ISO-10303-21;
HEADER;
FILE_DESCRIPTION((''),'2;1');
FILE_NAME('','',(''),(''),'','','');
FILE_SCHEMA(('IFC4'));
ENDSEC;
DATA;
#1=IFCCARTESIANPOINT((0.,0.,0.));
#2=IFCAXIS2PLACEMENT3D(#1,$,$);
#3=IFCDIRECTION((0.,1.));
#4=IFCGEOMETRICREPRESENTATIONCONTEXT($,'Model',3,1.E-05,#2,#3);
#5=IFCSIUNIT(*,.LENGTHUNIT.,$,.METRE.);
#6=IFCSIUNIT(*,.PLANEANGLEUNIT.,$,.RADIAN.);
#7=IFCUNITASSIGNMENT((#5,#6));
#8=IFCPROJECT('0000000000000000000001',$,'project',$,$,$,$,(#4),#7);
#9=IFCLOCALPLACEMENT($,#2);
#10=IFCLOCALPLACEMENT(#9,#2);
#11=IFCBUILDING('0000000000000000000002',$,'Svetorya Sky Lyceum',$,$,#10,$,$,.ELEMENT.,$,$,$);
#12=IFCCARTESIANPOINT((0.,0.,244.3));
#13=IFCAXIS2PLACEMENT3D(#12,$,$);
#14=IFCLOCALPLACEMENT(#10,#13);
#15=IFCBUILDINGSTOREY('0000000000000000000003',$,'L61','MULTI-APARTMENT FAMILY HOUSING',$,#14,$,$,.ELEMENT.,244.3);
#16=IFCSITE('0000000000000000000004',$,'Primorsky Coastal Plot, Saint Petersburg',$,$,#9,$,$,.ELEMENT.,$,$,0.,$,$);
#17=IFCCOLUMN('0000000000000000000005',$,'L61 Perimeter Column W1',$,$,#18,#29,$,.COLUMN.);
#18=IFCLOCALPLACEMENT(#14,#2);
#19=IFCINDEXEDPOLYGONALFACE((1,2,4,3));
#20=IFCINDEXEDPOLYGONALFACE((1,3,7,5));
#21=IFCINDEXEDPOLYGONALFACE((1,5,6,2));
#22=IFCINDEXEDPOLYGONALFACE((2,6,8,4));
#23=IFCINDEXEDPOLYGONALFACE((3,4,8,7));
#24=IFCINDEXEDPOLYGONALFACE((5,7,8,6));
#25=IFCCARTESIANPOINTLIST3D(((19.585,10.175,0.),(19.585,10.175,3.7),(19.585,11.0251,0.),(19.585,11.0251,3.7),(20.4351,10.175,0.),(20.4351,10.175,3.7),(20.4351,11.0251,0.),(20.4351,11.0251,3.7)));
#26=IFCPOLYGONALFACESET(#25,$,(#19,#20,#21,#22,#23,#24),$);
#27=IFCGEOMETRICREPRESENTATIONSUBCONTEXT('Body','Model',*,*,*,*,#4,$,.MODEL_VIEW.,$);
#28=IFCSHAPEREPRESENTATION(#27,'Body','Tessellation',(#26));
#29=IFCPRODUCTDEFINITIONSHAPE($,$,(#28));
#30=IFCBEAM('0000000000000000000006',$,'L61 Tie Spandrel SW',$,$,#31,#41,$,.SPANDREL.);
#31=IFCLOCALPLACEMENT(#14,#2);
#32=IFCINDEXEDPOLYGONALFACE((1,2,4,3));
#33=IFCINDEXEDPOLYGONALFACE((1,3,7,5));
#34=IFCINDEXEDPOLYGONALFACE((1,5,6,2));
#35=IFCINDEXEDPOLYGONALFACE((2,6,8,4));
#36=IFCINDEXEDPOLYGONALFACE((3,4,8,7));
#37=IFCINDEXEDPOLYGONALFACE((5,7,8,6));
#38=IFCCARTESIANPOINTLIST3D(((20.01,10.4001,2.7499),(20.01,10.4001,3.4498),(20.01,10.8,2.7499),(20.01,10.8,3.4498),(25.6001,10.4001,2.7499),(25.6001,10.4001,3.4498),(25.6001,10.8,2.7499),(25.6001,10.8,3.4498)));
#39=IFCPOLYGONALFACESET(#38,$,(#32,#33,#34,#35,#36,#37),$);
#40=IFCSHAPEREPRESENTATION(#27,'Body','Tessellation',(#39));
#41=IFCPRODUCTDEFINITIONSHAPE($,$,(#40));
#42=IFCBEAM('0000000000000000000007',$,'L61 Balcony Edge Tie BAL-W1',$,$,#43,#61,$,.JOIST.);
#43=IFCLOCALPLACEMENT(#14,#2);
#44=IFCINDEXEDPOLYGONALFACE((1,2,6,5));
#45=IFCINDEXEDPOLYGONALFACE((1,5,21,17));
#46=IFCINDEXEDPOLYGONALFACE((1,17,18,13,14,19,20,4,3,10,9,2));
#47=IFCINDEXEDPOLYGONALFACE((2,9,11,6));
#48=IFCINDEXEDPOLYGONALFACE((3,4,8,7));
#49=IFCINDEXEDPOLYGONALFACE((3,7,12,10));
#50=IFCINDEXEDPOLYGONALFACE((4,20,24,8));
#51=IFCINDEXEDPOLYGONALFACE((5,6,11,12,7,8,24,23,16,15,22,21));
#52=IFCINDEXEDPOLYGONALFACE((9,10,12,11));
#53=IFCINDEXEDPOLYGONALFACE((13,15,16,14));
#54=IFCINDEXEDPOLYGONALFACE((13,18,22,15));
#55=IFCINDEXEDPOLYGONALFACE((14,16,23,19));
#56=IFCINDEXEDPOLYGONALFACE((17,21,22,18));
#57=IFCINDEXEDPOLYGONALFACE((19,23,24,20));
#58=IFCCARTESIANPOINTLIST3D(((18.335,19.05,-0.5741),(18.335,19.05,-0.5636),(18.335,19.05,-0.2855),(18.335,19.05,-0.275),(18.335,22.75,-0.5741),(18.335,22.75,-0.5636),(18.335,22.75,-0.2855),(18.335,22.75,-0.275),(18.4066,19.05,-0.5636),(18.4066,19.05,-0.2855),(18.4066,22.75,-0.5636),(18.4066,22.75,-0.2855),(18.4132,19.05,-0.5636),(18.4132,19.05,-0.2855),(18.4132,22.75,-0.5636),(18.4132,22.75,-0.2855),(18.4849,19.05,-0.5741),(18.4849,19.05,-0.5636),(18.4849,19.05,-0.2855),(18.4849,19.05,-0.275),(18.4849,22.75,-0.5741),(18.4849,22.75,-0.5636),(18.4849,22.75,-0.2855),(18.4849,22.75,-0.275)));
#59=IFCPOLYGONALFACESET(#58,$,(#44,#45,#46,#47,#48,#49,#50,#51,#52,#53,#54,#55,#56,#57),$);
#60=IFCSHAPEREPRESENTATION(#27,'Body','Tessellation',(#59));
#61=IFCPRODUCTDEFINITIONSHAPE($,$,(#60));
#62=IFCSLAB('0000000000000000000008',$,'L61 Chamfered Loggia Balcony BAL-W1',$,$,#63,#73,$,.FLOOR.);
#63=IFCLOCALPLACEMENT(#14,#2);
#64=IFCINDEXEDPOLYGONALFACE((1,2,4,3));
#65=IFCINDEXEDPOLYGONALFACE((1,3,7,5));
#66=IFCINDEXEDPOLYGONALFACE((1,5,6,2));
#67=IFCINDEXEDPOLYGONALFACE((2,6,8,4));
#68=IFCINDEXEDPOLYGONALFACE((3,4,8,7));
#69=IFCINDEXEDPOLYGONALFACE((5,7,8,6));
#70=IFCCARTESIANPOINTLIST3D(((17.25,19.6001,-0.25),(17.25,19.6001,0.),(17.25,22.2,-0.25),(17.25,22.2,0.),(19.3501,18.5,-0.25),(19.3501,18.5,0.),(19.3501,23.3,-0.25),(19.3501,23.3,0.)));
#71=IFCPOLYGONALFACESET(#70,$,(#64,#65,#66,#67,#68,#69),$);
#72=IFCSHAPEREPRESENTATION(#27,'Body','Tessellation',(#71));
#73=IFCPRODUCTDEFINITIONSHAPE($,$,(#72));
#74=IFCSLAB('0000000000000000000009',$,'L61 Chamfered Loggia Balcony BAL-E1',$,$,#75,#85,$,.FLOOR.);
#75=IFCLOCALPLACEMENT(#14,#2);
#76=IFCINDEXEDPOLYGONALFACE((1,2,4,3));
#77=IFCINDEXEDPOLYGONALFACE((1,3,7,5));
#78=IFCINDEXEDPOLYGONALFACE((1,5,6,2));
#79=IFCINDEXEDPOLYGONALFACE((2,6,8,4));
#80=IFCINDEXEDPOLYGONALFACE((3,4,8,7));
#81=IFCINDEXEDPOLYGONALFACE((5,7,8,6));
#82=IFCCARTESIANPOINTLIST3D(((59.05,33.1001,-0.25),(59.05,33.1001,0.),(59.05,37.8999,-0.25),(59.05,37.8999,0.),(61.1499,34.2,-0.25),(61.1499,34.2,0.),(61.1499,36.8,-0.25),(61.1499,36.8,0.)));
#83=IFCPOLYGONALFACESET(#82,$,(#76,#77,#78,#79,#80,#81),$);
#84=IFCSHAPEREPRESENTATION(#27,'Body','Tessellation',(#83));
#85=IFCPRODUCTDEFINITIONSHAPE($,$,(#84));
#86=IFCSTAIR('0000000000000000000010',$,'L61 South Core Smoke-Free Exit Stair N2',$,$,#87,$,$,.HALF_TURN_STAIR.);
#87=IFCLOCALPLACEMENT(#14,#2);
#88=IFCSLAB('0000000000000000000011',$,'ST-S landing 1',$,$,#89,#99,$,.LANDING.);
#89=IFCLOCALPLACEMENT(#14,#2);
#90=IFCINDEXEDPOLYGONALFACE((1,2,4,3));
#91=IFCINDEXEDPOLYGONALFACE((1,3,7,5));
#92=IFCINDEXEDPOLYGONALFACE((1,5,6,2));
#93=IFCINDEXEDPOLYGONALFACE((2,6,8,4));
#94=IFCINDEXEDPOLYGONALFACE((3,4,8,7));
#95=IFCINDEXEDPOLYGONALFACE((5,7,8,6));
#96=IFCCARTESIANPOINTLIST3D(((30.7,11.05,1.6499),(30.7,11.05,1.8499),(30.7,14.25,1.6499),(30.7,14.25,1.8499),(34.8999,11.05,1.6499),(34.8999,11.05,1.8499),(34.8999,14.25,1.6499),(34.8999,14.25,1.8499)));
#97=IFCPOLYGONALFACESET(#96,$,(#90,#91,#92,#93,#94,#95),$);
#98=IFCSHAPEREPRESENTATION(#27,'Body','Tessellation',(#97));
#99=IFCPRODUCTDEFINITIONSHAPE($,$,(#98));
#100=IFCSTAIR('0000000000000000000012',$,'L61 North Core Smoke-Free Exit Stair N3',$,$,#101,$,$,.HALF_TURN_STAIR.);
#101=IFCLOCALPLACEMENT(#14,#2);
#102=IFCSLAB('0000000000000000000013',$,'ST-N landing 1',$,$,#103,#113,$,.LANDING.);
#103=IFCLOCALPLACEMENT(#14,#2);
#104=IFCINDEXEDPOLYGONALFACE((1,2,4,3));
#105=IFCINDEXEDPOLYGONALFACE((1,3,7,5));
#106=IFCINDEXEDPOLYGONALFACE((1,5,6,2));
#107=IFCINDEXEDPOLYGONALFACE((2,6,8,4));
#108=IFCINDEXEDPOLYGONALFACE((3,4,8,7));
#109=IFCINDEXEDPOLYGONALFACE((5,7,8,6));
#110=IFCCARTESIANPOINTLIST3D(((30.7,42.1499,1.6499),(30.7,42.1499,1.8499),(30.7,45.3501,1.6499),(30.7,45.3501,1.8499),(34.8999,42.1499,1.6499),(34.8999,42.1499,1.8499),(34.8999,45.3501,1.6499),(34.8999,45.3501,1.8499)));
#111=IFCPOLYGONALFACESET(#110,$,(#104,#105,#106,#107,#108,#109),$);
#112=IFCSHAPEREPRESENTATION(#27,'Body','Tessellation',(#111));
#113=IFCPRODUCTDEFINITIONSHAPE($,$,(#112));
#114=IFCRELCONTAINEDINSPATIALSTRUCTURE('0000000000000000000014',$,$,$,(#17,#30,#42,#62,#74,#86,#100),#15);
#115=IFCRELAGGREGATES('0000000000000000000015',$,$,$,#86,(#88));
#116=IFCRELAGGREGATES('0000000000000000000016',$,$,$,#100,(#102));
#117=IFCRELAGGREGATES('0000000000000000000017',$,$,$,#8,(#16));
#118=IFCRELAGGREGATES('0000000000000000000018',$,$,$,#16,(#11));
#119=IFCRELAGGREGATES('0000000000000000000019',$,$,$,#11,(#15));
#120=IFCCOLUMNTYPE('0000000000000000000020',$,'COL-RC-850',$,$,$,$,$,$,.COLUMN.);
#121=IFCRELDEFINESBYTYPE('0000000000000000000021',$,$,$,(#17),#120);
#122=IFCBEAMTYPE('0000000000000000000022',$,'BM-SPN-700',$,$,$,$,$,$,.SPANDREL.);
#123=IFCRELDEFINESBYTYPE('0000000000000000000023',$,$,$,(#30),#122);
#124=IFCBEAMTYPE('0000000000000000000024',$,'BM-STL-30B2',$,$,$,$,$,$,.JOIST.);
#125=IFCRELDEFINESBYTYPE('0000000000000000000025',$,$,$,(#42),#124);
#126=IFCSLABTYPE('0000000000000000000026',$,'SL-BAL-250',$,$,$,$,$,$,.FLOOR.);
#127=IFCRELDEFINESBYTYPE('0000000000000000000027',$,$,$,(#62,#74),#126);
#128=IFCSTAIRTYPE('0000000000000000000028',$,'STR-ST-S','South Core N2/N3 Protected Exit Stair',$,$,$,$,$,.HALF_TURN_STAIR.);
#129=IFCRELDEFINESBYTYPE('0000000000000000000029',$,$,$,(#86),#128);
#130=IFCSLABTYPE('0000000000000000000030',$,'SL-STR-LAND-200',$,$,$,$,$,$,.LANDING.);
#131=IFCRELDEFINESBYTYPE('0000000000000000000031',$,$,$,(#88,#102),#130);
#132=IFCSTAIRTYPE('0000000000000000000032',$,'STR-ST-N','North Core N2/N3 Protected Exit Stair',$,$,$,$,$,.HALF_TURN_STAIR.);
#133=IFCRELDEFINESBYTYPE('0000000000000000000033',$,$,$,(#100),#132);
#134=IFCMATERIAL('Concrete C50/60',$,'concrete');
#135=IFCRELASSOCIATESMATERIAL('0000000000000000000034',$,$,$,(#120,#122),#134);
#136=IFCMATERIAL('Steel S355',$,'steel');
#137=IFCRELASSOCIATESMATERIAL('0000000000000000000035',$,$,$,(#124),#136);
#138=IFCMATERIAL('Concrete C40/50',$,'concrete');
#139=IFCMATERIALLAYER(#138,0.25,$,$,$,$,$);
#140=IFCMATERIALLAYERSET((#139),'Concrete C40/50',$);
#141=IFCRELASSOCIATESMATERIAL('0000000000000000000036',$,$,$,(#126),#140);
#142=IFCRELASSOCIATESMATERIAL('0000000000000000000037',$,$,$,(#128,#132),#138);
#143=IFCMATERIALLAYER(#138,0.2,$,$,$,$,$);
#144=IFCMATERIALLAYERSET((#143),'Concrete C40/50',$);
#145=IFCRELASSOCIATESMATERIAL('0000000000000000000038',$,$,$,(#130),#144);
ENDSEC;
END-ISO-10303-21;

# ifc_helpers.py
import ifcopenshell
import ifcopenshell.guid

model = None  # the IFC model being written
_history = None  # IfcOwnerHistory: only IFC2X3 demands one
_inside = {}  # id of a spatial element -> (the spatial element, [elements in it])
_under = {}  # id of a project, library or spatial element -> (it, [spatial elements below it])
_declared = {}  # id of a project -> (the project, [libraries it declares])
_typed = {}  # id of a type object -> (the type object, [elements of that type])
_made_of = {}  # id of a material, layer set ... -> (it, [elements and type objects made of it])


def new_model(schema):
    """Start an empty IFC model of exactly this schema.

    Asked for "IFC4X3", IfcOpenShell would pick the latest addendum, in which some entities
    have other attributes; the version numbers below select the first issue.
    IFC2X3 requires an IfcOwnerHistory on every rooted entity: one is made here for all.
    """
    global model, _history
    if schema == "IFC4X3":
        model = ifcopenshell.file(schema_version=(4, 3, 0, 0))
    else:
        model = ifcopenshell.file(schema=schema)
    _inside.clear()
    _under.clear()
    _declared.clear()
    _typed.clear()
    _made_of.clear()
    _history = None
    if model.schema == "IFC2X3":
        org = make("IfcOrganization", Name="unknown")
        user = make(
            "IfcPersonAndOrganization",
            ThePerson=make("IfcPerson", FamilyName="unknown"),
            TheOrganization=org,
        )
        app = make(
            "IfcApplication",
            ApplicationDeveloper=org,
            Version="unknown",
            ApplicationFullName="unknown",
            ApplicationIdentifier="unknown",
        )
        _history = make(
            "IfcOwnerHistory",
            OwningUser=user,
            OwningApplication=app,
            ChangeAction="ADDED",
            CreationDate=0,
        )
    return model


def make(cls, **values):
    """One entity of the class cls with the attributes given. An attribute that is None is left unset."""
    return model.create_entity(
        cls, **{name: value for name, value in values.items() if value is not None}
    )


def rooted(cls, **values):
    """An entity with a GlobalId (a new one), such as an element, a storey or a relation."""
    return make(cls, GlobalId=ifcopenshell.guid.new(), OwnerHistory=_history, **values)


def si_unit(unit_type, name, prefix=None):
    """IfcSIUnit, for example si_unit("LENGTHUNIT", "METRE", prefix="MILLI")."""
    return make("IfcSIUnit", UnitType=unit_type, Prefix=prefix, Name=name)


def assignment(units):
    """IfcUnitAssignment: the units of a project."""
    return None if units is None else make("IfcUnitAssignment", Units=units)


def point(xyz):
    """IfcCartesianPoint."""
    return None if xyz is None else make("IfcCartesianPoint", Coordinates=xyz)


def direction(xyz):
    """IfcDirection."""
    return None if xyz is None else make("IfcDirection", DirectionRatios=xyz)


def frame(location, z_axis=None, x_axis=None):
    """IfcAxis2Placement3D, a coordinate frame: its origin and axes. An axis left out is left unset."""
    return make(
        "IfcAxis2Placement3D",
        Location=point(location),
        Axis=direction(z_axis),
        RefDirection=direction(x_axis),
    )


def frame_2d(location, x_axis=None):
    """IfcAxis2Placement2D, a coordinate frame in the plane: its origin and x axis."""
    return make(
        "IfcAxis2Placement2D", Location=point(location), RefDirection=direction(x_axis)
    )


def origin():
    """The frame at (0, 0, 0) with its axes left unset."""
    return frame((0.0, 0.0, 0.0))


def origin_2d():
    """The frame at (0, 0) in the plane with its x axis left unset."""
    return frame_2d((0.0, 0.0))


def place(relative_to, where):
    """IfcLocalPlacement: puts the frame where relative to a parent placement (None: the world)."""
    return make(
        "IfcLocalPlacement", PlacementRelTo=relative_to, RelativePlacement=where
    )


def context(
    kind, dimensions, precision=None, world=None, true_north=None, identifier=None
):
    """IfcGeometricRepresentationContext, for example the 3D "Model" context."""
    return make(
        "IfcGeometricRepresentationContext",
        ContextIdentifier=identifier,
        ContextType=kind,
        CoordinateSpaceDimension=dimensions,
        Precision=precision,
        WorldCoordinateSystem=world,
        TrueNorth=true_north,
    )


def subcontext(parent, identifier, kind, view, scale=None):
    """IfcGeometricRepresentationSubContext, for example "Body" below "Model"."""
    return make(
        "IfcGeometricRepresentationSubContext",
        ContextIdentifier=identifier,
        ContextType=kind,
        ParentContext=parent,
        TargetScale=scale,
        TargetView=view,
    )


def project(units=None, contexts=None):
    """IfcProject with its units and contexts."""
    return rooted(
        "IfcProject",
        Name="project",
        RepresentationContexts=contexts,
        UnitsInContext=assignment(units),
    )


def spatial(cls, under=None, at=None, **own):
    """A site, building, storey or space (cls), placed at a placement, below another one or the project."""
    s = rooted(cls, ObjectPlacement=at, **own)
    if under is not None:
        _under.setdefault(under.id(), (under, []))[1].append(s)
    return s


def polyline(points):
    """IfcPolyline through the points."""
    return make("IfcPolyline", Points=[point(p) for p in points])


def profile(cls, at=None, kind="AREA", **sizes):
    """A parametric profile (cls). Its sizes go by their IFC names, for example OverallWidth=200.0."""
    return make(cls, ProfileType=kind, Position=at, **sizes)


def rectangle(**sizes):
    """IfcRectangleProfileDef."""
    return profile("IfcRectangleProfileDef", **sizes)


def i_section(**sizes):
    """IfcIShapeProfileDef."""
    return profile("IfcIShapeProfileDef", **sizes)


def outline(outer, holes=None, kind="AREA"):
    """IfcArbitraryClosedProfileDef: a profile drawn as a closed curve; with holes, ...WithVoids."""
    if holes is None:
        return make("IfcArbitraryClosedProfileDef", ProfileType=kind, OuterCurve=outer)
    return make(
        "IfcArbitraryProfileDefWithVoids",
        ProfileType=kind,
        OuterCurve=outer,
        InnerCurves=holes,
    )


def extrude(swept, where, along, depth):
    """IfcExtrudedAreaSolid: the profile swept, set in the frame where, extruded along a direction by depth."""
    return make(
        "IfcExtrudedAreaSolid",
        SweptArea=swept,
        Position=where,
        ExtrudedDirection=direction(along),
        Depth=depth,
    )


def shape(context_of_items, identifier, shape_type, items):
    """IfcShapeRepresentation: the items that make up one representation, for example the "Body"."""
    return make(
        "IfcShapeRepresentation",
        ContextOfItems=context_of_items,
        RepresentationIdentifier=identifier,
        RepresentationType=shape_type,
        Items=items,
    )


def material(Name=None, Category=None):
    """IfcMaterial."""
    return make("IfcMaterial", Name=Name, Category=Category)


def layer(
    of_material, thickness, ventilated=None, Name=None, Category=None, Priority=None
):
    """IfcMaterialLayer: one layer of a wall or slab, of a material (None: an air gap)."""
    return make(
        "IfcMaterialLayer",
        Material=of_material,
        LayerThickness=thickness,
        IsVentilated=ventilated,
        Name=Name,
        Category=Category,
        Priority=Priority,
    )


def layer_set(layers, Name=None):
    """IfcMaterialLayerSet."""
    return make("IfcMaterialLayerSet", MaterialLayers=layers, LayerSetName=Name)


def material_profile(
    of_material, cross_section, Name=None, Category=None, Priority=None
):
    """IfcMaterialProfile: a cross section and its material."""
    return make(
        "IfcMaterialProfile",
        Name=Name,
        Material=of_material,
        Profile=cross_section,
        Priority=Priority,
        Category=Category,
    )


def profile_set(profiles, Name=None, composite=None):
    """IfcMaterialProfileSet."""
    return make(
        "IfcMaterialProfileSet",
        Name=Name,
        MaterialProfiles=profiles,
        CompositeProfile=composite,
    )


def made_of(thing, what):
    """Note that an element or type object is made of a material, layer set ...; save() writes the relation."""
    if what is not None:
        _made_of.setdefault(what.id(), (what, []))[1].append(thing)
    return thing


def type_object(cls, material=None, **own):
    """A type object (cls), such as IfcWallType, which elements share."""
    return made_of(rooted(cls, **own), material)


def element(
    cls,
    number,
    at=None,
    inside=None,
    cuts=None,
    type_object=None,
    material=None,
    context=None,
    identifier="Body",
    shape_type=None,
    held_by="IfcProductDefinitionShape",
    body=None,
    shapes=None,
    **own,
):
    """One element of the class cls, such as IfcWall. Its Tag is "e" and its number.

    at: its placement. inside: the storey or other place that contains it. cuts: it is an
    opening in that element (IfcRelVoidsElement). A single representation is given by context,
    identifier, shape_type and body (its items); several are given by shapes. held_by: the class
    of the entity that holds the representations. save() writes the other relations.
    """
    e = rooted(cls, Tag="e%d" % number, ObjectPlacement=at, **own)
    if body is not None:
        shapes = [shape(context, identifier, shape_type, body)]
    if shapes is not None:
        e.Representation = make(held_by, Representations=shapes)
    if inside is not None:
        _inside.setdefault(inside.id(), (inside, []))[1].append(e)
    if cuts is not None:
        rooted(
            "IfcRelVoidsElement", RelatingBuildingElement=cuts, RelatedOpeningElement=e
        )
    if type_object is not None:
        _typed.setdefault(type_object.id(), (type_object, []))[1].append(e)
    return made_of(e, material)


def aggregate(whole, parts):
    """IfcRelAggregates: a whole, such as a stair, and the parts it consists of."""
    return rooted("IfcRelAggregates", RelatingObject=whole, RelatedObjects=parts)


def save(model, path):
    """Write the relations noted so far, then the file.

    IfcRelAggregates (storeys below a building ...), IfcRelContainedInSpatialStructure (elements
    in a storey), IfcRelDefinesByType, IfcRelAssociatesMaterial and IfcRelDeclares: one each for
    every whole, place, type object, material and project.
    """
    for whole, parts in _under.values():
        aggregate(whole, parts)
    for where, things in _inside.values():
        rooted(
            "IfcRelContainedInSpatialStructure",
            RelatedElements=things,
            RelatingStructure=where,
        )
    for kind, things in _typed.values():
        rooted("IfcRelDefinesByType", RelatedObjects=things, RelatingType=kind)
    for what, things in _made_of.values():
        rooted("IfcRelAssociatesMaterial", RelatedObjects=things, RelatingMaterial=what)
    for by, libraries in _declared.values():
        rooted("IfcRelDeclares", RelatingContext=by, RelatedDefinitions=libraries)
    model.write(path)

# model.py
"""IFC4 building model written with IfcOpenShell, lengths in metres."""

from ifc_helpers import new_model, si_unit, direction, frame, origin, origin_2d, place, context, subcontext, project, spatial, polyline, rectangle, i_section, outline, extrude, material, layer, layer_set, material_profile, profile_set, type_object, element, aggregate, save


model = new_model("IFC4")

# Units and contexts
model_context = context("Model", 3, precision=1e-05, world=origin(), true_north=direction((0.0, 1.0)))
body_context = subcontext(model_context, "Body", "Model", "MODEL_VIEW")
ifc_project = project(units=[si_unit("LENGTHUNIT", "METRE"), si_unit("PLANEANGLEUNIT", "RADIAN")], contexts=[model_context])

# Site, building, storey
site_placement = place(None, origin())
site = spatial("IfcSite", under=ifc_project, at=site_placement, Name="Primorsky Coastal Plot, Saint Petersburg", CompositionType="ELEMENT", RefElevation=0.0)
building_placement = place(site_placement, origin())
building = spatial("IfcBuilding", under=site, at=building_placement, Name="Svetorya Sky Lyceum", CompositionType="ELEMENT")
storey_placement = place(building_placement, frame((0.0, 0.0, 244.3)))
storey = spatial("IfcBuildingStorey", under=building, at=storey_placement, Name="L61", Description="MULTI-APARTMENT FAMILY HOUSING", CompositionType="ELEMENT", Elevation=244.3)

# Column
ifc_material_1 = material(Name="Concrete C50/60", Category="concrete")
ifc_material_profile_1 = material_profile(ifc_material_1, rectangle(XDim=0.8501, YDim=0.8501, at=origin_2d()), Name="RC COL 850x850")
ifc_profile_set_1 = profile_set([ifc_material_profile_1], Name="Concrete C50/60")
column_type = type_object("IfcColumnType", Name="COL-RC-850", PredefinedType="COLUMN", material=ifc_profile_set_1)
column_placement = place(storey_placement, frame((20.01, 10.6001, 0.0), z_axis=(0.0, 0.0, 1.0), x_axis=(1.0, 0.0, 0.0)))
element("IfcColumn", 1, at=column_placement, inside=storey, type_object=column_type, Name="L61 Perimeter Column W1", PredefinedType="COLUMN", context=body_context, shape_type="SweptSolid", body=[
    extrude(rectangle(XDim=0.8501, YDim=0.8501, at=origin_2d()), origin(), (0.0, 0.0, 1.0), 3.7),
])

# Beams
ifc_material_profile_2 = material_profile(ifc_material_1, rectangle(XDim=0.3999, YDim=0.7, at=origin_2d()), Name="RC SPANDREL 400x700")
ifc_profile_set_2 = profile_set([ifc_material_profile_2], Name="Concrete C50/60")
beam_type_1 = type_object("IfcBeamType", Name="BM-SPN-700", PredefinedType="SPANDREL", material=ifc_profile_set_2)
beam_1_placement = place(storey_placement, frame((20.01, 10.6001, 3.0999), z_axis=(1.0, 0.0, 0.0), x_axis=(0.0, 1.0, 0.0)))
element("IfcBeam", 2, at=beam_1_placement, inside=storey, type_object=beam_type_1, Name="L61 Tie Spandrel SW", PredefinedType="SPANDREL", context=body_context, shape_type="SweptSolid", body=[
    extrude(rectangle(XDim=0.3999, YDim=0.7, at=origin_2d()), origin(), (0.0, 0.0, 1.0), 5.5901),
])
ifc_material_2 = material(Name="Steel S355", Category="steel")
ifc_material_profile_3 = material_profile(ifc_material_2, i_section(OverallWidth=0.1499, OverallDepth=0.2991, WebThickness=0.0066, FlangeThickness=0.0105, at=origin_2d()), Name="GOST 30B2")
ifc_profile_set_3 = profile_set([ifc_material_profile_3], Name="Steel S355")
beam_type_2 = type_object("IfcBeamType", Name="BM-STL-30B2", PredefinedType="JOIST", material=ifc_profile_set_3)
beam_2_placement = place(storey_placement, frame((18.4099, 19.05, -0.4246), z_axis=(0.0, 1.0, 0.0), x_axis=(-1.0, 0.0, 0.0)))
element("IfcBeam", 3, at=beam_2_placement, inside=storey, type_object=beam_type_2, Name="L61 Balcony Edge Tie BAL-W1", PredefinedType="JOIST", context=body_context, shape_type="SweptSolid", body=[
    extrude(i_section(OverallWidth=0.1499, OverallDepth=0.2991, WebThickness=0.0066, FlangeThickness=0.0105, at=origin_2d()), origin(), (0.0, 0.0, 1.0), 3.7),
])

# Slabs
ifc_material_3 = material(Name="Concrete C40/50", Category="concrete")
ifc_layer_1 = layer(ifc_material_3, 0.25)
ifc_layer_set_1 = layer_set([ifc_layer_1], Name="Concrete C40/50")
slab_type_1 = type_object("IfcSlabType", Name="SL-BAL-250", PredefinedType="FLOOR", material=ifc_layer_set_1)
slab_1_placement = place(storey_placement, frame((0.0, 0.0, -0.25)))
element("IfcSlab", 4, at=slab_1_placement, inside=storey, type_object=slab_type_1, Name="L61 Chamfered Loggia Balcony BAL-W1", PredefinedType="FLOOR", context=body_context, shape_type="SweptSolid", body=[
    extrude(outline(polyline([(19.3501, 18.5), (19.3501, 23.3), (17.25, 22.2), (17.25, 19.6001), (19.3501, 18.5)])), origin(), (0.0, 0.0, 1.0), 0.25),
])
slab_2_placement = place(storey_placement, frame((0.0, 0.0, -0.25)))
element("IfcSlab", 5, at=slab_2_placement, inside=storey, type_object=slab_type_1, Name="L61 Chamfered Loggia Balcony BAL-E1", PredefinedType="FLOOR", context=body_context, shape_type="SweptSolid", body=[
    extrude(outline(polyline([(59.05, 33.1001), (61.1499, 34.2), (61.1499, 36.8), (59.05, 37.8999), (59.05, 33.1001)])), origin(), (0.0, 0.0, 1.0), 0.25),
])

# Stairs, slabs
stair_type_1 = type_object("IfcStairType", Name="STR-ST-S", Description="South Core N2/N3 Protected Exit Stair", PredefinedType="HALF_TURN_STAIR", material=ifc_material_3)
stair_1_placement = place(storey_placement, origin())
stair_1 = element("IfcStair", 6, at=stair_1_placement, inside=storey, type_object=stair_type_1, Name="L61 South Core Smoke-Free Exit Stair N2", PredefinedType="HALF_TURN_STAIR")
ifc_layer_2 = layer(ifc_material_3, 0.2)
ifc_layer_set_2 = layer_set([ifc_layer_2], Name="Concrete C40/50")
slab_type_2 = type_object("IfcSlabType", Name="SL-STR-LAND-200", PredefinedType="LANDING", material=ifc_layer_set_2)
slab_3_placement = place(storey_placement, frame((0.0, 0.0, 1.6499)))
slab_3 = element("IfcSlab", 7, at=slab_3_placement, type_object=slab_type_2, Name="ST-S landing 1", PredefinedType="LANDING", context=body_context, shape_type="SweptSolid", body=[
    extrude(outline(polyline([(30.7, 11.05), (34.8999, 11.05), (34.8999, 14.25), (30.7, 14.25), (30.7, 11.05)])), origin(), (0.0, 0.0, 1.0), 0.2),
])
aggregate(stair_1, [slab_3])
stair_type_2 = type_object("IfcStairType", Name="STR-ST-N", Description="North Core N2/N3 Protected Exit Stair", PredefinedType="HALF_TURN_STAIR", material=ifc_material_3)
stair_2_placement = place(storey_placement, origin())
stair_2 = element("IfcStair", 8, at=stair_2_placement, inside=storey, type_object=stair_type_2, Name="L61 North Core Smoke-Free Exit Stair N3", PredefinedType="HALF_TURN_STAIR")
slab_4_placement = place(storey_placement, frame((0.0, 0.0, 1.6499)))
slab_4 = element("IfcSlab", 9, at=slab_4_placement, type_object=slab_type_2, Name="ST-N landing 1", PredefinedType="LANDING", context=body_context, shape_type="SweptSolid", body=[
    extrude(outline(polyline([(30.7, 42.1499), (34.8999, 42.1499), (34.8999, 45.3501), (30.7, 45.3501), (30.7, 42.1499)])), origin(), (0.0, 0.0, 1.0), 0.2),
])
aggregate(stair_2, [slab_4])

save(model, "model.ifc")
